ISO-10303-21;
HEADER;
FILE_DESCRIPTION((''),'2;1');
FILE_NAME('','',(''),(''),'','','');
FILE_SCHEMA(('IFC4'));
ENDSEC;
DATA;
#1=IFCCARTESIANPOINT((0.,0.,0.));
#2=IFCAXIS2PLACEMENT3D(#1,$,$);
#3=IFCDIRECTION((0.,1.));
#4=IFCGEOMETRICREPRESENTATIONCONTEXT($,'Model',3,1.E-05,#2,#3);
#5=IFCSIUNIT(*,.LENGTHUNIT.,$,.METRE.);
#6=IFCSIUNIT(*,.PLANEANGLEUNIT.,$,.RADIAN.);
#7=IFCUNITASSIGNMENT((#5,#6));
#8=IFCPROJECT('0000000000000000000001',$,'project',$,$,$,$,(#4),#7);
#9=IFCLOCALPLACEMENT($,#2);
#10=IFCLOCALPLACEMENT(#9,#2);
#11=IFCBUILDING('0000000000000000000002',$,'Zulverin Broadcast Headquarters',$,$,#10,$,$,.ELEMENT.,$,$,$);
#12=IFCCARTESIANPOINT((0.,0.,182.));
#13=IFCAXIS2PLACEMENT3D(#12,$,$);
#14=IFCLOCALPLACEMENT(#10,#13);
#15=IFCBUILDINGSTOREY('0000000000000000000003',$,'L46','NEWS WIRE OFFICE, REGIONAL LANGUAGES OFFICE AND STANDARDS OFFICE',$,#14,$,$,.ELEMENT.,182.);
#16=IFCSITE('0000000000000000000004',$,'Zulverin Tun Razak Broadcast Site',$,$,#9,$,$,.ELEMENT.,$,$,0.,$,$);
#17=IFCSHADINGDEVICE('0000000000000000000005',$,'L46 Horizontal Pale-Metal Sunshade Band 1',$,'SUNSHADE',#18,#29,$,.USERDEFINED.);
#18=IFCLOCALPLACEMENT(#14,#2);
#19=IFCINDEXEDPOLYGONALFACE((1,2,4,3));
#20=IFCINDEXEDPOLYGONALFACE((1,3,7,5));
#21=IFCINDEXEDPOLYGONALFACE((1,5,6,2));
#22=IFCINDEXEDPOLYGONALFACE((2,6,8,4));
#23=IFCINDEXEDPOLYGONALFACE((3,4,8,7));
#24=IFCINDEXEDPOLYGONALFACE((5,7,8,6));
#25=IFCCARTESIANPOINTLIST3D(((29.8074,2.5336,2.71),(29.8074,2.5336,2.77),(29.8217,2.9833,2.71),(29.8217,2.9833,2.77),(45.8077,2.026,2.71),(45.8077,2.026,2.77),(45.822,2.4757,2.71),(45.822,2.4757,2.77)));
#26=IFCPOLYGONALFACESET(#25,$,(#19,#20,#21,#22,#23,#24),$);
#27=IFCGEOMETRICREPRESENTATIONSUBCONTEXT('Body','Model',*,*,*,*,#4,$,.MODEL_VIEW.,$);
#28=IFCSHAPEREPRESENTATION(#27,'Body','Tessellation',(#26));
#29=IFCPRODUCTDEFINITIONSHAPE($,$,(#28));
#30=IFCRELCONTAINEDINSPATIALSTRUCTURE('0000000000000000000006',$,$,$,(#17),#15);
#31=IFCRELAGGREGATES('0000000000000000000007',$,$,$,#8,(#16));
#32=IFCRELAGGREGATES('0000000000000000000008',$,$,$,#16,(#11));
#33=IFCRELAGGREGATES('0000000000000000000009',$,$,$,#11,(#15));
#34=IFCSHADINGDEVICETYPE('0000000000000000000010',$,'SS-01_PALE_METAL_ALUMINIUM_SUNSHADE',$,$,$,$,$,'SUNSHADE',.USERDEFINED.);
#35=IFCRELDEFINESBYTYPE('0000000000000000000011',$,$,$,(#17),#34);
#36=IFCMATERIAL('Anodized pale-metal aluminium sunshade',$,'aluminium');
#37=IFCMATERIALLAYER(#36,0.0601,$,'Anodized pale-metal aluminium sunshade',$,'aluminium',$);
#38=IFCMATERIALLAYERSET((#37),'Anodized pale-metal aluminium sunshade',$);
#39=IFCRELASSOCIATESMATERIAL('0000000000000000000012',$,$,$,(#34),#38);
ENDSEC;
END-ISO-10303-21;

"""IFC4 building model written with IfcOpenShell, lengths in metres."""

from ifc_helpers import new_model, si_unit, direction, frame, origin, origin_2d, place, context, subcontext, project, spatial, rectangle, extrude, material, layer, layer_set, type_object, element, save


model = new_model("IFC4")

# Units and contexts
model_context = context("Model", 3, precision=1e-05, world=origin(), true_north=direction((0.0, 1.0)))
body_context = subcontext(model_context, "Body", "Model", "MODEL_VIEW")
ifc_project = project(units=[si_unit("LENGTHUNIT", "METRE"), si_unit("PLANEANGLEUNIT", "RADIAN")], contexts=[model_context])

# Site, building, storey
site_placement = place(None, origin())
site = spatial("IfcSite", under=ifc_project, at=site_placement, Name="Zulverin Tun Razak Broadcast Site", CompositionType="ELEMENT", RefElevation=0.0)
building_placement = place(site_placement, origin())
building = spatial("IfcBuilding", under=site, at=building_placement, Name="Zulverin Broadcast Headquarters", CompositionType="ELEMENT")
storey_placement = place(building_placement, frame((0.0, 0.0, 182.0)))
storey = spatial("IfcBuildingStorey", under=building, at=storey_placement, Name="L46", Description="NEWS WIRE OFFICE, REGIONAL LANGUAGES OFFICE AND STANDARDS OFFICE", CompositionType="ELEMENT", Elevation=182.0)

# Shading device
ifc_material_1 = material(Name="Anodized pale-metal aluminium sunshade", Category="aluminium")
ifc_layer_1 = layer(ifc_material_1, 0.0601, Name="Anodized pale-metal aluminium sunshade", Category="aluminium")
ifc_layer_set_1 = layer_set([ifc_layer_1], Name="Anodized pale-metal aluminium sunshade")
shading_device_type = type_object("IfcShadingDeviceType", Name="SS-01_PALE_METAL_ALUMINIUM_SUNSHADE", ElementType="SUNSHADE", PredefinedType="USERDEFINED", material=ifc_layer_set_1)
shading_device_placement = place(storey_placement, frame((37.8147, 2.5046, 2.71), z_axis=(0.0, 0.0, 1.0), x_axis=(0.999497, -0.031709, 0.0)))
element("IfcShadingDevice", 1, at=shading_device_placement, inside=storey, type_object=shading_device_type, Name="L46 Horizontal Pale-Metal Sunshade Band 1", ObjectType="SUNSHADE", PredefinedType="USERDEFINED", context=body_context, shape_type="SweptSolid", body=[
    extrude(rectangle(XDim=16.0083, YDim=0.45, at=origin_2d()), origin(), (0.0, 0.0, 1.0), 0.0601),
])

save(model, "model.ifc")
